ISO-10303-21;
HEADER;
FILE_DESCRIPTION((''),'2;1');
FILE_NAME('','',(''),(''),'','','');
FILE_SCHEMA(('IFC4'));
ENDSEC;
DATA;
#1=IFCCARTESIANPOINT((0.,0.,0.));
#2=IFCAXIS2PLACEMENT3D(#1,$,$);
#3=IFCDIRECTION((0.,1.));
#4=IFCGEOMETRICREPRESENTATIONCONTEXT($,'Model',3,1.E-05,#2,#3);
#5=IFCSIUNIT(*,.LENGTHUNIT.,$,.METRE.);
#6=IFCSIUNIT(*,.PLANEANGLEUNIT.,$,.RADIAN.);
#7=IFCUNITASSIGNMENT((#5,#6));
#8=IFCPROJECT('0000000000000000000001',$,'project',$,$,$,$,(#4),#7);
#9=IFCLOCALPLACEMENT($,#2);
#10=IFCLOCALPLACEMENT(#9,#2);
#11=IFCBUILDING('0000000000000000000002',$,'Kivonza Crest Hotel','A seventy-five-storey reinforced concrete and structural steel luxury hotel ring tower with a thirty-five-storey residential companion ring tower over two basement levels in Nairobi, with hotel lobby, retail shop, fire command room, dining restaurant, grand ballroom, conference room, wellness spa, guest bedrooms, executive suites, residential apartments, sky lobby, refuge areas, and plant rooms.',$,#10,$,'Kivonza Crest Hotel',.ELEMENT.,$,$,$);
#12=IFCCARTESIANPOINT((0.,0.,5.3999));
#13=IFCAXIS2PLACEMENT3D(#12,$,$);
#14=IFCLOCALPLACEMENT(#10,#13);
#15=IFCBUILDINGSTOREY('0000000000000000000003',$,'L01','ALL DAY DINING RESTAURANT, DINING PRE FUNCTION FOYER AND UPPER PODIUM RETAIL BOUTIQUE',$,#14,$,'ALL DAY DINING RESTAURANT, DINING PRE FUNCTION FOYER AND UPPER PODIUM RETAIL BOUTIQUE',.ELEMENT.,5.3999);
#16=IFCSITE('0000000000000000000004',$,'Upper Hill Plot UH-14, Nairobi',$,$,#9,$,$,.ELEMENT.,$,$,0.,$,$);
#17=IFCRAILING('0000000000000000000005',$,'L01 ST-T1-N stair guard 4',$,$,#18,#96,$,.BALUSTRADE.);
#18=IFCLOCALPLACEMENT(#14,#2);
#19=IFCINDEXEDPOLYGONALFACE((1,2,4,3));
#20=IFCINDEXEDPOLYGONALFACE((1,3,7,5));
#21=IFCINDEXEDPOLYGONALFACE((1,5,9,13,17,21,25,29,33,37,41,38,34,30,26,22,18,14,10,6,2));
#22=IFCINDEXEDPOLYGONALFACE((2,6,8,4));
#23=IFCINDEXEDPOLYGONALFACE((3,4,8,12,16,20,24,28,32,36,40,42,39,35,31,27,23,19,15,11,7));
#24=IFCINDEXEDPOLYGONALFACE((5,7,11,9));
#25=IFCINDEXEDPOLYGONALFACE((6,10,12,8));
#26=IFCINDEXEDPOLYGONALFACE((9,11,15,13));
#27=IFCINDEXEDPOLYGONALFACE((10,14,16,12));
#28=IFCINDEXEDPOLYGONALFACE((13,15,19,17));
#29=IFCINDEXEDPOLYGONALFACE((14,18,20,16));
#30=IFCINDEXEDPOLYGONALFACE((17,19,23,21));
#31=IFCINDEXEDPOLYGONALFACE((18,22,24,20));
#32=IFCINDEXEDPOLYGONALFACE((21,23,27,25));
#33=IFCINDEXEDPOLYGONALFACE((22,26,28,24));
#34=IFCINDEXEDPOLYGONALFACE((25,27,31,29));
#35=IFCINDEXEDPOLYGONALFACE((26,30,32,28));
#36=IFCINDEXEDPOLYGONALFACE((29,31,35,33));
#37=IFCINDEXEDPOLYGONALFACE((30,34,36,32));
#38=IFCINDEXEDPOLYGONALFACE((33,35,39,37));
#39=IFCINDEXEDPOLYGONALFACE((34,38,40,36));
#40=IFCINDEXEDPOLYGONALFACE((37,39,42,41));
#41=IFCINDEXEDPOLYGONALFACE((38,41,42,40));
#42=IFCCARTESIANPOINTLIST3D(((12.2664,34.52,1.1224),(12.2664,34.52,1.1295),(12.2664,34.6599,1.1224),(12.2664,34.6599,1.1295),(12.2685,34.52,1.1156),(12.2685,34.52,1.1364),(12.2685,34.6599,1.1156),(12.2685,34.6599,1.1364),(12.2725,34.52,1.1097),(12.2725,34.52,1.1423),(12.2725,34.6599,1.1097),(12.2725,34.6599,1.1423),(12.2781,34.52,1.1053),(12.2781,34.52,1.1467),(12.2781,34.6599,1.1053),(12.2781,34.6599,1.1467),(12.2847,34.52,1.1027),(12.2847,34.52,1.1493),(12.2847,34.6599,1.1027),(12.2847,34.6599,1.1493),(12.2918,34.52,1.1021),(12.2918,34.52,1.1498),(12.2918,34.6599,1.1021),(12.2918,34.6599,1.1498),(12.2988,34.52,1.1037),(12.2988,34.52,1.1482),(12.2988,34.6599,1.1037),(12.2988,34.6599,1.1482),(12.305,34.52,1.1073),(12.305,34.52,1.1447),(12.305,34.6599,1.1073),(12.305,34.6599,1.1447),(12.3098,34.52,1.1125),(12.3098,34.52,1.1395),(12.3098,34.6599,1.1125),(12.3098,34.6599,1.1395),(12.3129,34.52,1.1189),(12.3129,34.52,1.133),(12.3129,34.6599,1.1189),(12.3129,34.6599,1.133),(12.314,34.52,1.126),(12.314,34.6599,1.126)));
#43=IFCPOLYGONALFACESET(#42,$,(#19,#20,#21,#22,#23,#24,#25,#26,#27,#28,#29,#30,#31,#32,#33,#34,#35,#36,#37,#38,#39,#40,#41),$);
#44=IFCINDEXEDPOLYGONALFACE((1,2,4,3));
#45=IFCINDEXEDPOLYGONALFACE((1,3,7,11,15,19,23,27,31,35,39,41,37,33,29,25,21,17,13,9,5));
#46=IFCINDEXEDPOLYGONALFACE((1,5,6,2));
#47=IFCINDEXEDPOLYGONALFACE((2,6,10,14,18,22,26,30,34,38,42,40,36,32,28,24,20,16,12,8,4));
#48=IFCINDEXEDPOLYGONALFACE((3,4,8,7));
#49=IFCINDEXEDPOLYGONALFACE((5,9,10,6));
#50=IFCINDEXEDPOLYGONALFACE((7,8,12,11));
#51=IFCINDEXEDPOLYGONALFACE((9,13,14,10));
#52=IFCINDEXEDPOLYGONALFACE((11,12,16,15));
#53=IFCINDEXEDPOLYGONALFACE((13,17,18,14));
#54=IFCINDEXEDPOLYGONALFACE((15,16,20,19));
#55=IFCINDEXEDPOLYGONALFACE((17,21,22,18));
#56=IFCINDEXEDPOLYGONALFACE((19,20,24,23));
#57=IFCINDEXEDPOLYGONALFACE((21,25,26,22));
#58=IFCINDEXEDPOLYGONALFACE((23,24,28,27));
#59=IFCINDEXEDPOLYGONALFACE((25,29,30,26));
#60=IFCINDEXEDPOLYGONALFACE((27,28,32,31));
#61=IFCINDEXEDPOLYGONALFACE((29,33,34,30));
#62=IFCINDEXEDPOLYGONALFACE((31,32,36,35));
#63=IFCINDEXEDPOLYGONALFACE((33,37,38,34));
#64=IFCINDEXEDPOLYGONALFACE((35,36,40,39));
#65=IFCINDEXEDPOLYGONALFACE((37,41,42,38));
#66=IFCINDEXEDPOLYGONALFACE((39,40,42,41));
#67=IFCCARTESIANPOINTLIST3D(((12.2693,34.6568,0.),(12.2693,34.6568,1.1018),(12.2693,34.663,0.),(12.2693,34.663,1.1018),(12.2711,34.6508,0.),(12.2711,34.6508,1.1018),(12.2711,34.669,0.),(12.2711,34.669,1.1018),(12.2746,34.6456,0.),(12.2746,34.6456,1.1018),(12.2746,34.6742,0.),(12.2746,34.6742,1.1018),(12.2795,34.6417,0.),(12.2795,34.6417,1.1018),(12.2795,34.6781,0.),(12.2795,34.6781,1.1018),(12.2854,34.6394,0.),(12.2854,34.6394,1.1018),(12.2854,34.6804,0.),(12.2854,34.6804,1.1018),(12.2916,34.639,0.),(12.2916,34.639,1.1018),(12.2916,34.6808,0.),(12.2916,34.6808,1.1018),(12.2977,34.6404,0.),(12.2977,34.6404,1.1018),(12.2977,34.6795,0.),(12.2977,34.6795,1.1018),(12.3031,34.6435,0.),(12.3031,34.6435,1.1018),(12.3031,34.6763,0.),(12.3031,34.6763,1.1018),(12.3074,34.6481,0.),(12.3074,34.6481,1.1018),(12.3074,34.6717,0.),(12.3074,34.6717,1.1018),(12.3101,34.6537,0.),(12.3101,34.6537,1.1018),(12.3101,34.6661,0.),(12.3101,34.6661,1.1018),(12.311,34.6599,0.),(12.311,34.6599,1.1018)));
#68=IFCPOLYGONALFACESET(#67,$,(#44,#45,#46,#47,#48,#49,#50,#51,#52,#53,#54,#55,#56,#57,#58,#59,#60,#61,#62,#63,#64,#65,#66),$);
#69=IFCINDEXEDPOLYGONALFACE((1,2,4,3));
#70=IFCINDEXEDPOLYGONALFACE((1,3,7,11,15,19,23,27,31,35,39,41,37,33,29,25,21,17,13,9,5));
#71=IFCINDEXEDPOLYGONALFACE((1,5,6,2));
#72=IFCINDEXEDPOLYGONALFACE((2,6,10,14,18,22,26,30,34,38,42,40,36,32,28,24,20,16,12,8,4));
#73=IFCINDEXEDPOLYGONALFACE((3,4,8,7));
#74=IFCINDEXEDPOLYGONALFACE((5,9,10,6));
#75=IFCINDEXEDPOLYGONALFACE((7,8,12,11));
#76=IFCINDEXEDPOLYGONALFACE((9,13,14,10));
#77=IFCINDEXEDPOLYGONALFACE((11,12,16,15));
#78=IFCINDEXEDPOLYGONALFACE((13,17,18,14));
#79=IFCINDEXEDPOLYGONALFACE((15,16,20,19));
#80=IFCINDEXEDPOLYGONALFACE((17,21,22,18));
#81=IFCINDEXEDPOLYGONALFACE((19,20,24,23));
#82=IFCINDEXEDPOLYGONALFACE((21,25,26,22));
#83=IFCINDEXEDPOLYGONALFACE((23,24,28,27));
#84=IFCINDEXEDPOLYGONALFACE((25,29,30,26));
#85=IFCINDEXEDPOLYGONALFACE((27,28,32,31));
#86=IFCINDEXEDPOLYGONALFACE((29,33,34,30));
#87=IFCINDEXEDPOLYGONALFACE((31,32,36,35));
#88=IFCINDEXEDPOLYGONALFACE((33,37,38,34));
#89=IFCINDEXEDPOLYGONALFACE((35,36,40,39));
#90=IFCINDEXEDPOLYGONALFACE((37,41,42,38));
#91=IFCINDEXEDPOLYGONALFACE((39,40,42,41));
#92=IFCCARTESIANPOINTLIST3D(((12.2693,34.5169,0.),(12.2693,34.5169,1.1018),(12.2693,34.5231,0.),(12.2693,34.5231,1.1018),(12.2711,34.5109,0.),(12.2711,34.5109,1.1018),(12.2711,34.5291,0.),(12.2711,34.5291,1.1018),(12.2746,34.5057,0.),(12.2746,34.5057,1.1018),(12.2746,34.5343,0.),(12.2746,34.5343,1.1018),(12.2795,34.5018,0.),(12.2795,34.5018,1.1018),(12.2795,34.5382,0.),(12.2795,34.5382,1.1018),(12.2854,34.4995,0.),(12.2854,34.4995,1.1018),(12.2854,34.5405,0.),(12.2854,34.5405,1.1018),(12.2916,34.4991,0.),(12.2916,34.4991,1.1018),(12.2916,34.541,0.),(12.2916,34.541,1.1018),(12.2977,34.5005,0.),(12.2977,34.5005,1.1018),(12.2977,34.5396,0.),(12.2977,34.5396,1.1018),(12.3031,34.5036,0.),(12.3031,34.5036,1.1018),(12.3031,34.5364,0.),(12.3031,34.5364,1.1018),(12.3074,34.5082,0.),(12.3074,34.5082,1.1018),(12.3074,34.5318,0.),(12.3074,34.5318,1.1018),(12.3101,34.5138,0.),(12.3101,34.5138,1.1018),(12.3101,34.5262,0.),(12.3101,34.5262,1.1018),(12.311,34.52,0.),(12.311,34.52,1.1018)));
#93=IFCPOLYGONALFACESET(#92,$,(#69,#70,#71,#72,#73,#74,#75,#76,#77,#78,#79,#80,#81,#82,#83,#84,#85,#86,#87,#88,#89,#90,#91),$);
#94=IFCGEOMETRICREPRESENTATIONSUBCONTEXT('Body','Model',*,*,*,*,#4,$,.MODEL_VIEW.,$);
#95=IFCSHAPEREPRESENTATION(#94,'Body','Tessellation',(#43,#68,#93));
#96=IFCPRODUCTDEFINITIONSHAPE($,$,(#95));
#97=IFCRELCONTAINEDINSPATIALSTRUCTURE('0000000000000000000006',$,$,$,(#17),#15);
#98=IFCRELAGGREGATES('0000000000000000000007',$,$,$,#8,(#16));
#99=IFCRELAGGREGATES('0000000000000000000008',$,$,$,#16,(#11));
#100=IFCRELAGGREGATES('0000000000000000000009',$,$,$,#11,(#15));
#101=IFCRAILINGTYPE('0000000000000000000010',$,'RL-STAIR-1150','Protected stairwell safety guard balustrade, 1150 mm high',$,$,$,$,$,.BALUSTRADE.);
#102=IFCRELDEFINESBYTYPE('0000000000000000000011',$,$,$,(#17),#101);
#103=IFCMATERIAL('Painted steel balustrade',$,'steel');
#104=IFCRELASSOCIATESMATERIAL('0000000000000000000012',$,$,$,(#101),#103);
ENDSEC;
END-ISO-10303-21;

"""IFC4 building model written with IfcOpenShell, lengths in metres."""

from ifc_helpers import new_model, si_unit, direction, frame, origin, origin_2d, place, context, subcontext, project, spatial, circle, extrude, material, type_object, element, save


model = new_model("IFC4")

# Units and contexts
model_context = context("Model", 3, precision=1e-05, world=origin(), true_north=direction((0.0, 1.0)))
body_context = subcontext(model_context, "Body", "Model", "MODEL_VIEW")
ifc_project = project(units=[si_unit("LENGTHUNIT", "METRE"), si_unit("PLANEANGLEUNIT", "RADIAN")], contexts=[model_context])

# Site, building, storey
site_placement = place(None, origin())
site = spatial("IfcSite", under=ifc_project, at=site_placement, Name="Upper Hill Plot UH-14, Nairobi", CompositionType="ELEMENT", RefElevation=0.0)
building_placement = place(site_placement, origin())
building = spatial("IfcBuilding", under=site, at=building_placement, Name="Kivonza Crest Hotel", Description="A seventy-five-storey reinforced concrete and structural steel luxury hotel ring tower with a thirty-five-storey residential companion ring tower over two basement levels in Nairobi, with hotel lobby, retail shop, fire command room, dining restaurant, grand ballroom, conference room, wellness spa, guest bedrooms, executive suites, residential apartments, sky lobby, refuge areas, and plant rooms.", LongName="Kivonza Crest Hotel", CompositionType="ELEMENT")
storey_placement = place(building_placement, frame((0.0, 0.0, 5.3999)))
storey = spatial("IfcBuildingStorey", under=building, at=storey_placement, Name="L01", Description="ALL DAY DINING RESTAURANT, DINING PRE FUNCTION FOYER AND UPPER PODIUM RETAIL BOUTIQUE", LongName="ALL DAY DINING RESTAURANT, DINING PRE FUNCTION FOYER AND UPPER PODIUM RETAIL BOUTIQUE", CompositionType="ELEMENT", Elevation=5.3999)

# Railing
ifc_material_1 = material(Name="Painted steel balustrade", Category="steel")
railing_type_1 = type_object("IfcRailingType", Name="RL-STAIR-1150", Description="Protected stairwell safety guard balustrade, 1150 mm high", PredefinedType="BALUSTRADE", material=ifc_material_1)
railing_1_placement = place(storey_placement, frame((12.29, 34.6599, 0.0)))
element("IfcRailing", 1, at=railing_1_placement, inside=storey, type_object=railing_type_1, Name="L01 ST-T1-N stair guard 4", PredefinedType="BALUSTRADE", context=body_context, shape_type="SweptSolid", body=[
    extrude(circle(Radius=0.0239, at=origin_2d()), frame((0.0, 0.0, 1.126), z_axis=(0.0, -1.0, 0.0), x_axis=(1.0, 0.0, 0.0)), (0.0, 0.0, 1.0), 0.1399),
    extrude(circle(Radius=0.021, at=origin_2d()), origin(), (0.0, 0.0, 1.0), 1.1018),
    extrude(circle(Radius=0.021, at=origin_2d()), frame((0.0, -0.1399, 0.0)), (0.0, 0.0, 1.0), 1.1018),
])

save(model, "model.ifc")
